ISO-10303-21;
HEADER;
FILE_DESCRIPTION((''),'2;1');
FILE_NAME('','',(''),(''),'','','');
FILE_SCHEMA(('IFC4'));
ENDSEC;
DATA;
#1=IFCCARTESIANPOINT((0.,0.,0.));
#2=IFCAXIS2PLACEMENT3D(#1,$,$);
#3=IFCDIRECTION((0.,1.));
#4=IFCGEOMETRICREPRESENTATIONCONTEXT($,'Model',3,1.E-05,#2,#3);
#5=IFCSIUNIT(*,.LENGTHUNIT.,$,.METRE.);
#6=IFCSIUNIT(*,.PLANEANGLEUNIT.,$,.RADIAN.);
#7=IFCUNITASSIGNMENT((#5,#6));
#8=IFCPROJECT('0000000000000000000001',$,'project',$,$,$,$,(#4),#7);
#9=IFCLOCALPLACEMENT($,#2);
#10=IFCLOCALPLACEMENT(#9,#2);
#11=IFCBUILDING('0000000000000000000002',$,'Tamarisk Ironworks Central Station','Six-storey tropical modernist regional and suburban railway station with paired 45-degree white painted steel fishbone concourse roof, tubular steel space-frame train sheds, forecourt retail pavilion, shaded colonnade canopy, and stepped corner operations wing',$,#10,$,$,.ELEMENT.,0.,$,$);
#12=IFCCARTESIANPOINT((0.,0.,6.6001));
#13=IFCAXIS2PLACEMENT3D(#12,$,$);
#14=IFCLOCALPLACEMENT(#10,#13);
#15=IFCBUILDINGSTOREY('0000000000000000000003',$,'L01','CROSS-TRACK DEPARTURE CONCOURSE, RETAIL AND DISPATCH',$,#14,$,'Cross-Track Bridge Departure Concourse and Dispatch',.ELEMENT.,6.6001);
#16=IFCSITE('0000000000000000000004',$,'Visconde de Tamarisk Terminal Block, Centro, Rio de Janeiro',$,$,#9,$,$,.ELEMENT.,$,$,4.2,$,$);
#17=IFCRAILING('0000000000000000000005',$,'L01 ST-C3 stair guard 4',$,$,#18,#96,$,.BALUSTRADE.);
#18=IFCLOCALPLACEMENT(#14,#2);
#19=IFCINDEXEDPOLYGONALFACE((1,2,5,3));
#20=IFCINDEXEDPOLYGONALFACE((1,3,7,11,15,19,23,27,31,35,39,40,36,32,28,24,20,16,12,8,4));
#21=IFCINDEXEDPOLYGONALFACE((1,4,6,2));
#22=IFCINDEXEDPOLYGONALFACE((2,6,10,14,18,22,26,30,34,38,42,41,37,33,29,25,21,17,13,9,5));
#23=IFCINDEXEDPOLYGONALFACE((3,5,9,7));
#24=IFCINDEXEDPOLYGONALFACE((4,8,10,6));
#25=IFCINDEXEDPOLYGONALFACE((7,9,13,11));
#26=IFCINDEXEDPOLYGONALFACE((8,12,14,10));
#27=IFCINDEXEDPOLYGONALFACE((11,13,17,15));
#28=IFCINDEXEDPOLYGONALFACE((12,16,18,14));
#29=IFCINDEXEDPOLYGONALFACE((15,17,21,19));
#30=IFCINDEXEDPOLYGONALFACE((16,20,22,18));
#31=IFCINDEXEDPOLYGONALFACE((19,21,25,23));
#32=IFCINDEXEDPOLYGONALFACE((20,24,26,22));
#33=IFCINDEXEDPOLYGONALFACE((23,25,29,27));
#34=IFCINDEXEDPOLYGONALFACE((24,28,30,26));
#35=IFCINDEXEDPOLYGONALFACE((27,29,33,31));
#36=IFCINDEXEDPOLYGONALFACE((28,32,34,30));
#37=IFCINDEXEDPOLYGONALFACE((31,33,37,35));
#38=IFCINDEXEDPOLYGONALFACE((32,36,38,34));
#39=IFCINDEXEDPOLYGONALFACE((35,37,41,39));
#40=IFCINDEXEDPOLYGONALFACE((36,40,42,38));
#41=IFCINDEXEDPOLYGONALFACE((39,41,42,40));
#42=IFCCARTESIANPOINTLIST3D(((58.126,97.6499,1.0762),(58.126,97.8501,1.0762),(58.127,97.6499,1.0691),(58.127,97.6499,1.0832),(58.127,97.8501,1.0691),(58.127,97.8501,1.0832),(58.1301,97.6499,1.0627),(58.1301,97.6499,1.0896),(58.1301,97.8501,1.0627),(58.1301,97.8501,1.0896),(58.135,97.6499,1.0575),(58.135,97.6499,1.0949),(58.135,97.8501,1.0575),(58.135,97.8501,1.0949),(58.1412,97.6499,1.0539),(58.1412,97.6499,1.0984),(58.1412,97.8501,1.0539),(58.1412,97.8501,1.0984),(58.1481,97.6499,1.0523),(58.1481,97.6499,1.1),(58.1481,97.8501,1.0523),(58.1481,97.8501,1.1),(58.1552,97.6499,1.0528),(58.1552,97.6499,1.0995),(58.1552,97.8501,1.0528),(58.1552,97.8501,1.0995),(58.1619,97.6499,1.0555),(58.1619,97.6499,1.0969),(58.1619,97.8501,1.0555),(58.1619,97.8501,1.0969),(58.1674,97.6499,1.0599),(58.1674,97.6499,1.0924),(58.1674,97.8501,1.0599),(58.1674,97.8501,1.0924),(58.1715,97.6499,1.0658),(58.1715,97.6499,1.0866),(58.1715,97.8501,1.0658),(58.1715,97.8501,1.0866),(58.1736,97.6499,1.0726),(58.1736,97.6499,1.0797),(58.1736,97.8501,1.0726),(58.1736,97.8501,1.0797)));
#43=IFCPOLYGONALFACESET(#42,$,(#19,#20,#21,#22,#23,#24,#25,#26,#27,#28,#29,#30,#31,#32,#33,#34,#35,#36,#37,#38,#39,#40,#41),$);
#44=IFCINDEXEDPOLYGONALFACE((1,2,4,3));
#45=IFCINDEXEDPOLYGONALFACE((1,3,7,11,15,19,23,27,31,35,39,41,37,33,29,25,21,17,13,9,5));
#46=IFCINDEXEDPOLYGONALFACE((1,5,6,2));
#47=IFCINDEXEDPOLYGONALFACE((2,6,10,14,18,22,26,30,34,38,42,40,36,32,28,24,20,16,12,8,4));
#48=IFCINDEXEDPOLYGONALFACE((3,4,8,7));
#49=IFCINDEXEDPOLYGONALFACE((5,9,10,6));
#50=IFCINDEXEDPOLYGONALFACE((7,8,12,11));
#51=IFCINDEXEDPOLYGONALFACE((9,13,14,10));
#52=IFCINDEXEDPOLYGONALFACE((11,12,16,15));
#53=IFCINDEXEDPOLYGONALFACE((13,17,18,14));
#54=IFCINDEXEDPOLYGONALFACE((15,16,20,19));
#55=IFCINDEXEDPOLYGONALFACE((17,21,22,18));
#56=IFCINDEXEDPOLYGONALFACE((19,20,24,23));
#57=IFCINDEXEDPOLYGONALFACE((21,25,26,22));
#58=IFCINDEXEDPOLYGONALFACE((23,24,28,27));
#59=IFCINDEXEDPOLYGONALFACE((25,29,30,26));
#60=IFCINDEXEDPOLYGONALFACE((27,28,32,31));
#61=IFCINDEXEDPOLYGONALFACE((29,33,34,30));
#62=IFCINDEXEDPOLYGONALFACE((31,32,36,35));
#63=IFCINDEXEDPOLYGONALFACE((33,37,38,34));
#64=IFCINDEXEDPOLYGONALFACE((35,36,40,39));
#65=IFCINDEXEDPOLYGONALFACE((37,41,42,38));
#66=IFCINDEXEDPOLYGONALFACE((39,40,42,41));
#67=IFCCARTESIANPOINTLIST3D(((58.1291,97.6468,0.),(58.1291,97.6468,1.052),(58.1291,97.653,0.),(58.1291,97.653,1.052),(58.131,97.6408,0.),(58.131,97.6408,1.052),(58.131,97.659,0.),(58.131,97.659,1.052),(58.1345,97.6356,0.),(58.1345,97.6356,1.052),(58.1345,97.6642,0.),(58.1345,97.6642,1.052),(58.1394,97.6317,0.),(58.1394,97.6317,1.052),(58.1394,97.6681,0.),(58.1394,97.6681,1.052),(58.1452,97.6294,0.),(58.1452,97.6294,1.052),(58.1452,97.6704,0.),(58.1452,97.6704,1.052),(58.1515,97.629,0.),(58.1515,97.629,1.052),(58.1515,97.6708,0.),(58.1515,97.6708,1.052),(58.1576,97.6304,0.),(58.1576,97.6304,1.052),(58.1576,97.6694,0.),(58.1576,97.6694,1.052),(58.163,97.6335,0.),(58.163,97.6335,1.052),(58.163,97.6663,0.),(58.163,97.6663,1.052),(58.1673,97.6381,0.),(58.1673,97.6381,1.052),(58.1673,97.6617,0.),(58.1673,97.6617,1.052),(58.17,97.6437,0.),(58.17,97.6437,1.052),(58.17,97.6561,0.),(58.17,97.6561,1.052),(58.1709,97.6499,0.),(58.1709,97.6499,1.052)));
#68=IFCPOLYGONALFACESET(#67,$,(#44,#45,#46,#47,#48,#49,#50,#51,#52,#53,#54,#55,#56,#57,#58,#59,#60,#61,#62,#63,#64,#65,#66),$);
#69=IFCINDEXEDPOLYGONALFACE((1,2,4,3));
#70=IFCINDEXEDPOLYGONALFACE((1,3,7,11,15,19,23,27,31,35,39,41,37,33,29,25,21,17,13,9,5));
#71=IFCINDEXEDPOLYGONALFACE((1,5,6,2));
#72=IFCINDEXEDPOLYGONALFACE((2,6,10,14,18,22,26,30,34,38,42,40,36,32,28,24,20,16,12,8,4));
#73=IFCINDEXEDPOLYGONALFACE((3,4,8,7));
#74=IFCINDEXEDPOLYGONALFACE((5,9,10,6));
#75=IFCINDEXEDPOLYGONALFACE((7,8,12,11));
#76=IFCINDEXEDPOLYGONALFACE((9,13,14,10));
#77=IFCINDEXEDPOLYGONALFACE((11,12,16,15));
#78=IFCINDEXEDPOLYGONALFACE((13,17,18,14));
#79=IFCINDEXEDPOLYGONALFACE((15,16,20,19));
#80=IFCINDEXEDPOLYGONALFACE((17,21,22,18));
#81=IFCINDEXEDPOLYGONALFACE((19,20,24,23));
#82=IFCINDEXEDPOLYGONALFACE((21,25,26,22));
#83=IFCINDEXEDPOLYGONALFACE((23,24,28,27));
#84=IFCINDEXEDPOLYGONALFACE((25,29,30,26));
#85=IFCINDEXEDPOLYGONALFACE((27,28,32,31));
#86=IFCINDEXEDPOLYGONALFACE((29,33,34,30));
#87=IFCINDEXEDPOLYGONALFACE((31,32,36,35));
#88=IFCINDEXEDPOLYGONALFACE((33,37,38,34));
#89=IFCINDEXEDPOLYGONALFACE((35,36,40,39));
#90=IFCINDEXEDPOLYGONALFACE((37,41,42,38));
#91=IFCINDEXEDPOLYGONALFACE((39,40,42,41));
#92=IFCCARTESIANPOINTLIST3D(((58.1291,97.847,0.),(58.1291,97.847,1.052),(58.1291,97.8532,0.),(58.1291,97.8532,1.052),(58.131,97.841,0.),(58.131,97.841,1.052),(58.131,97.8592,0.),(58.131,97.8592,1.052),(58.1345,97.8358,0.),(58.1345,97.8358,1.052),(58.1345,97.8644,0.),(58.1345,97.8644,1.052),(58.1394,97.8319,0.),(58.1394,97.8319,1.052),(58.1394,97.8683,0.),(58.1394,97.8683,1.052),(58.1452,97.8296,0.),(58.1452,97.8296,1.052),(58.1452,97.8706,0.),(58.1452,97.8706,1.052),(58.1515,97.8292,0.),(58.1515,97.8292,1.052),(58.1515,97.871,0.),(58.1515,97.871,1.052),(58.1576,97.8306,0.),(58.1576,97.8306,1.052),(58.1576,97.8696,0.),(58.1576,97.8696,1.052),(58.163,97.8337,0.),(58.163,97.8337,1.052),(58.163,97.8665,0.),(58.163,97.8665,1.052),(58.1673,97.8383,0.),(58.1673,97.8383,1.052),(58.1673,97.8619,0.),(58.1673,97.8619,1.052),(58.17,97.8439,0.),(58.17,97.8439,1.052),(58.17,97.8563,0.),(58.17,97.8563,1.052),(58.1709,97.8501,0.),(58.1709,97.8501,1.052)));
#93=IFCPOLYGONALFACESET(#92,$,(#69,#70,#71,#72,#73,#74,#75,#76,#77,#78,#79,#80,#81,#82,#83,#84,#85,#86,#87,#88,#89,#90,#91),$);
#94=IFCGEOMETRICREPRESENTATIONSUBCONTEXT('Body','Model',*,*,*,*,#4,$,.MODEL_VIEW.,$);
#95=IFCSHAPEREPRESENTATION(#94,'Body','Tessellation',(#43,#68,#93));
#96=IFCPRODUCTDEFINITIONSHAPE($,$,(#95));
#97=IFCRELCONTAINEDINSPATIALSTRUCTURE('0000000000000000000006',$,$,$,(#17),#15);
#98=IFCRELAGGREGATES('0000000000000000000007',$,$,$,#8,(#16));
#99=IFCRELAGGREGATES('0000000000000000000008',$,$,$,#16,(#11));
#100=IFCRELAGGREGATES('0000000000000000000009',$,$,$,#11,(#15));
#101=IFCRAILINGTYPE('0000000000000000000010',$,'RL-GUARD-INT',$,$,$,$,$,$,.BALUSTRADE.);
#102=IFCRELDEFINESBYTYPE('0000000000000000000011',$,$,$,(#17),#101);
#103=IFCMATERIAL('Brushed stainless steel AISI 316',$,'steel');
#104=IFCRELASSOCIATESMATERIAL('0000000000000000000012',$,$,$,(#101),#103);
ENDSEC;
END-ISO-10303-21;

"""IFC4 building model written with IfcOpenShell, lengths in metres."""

from ifc_helpers import new_model, si_unit, direction, frame, origin, origin_2d, place, context, subcontext, project, spatial, circle, extrude, material, type_object, element, save


model = new_model("IFC4")

# Units and contexts
model_context = context("Model", 3, precision=1e-05, world=origin(), true_north=direction((0.0, 1.0)))
body_context = subcontext(model_context, "Body", "Model", "MODEL_VIEW")
ifc_project = project(units=[si_unit("LENGTHUNIT", "METRE"), si_unit("PLANEANGLEUNIT", "RADIAN")], contexts=[model_context])

# Site, building, storey
site_placement = place(None, origin())
site = spatial("IfcSite", under=ifc_project, at=site_placement, Name="Visconde de Tamarisk Terminal Block, Centro, Rio de Janeiro", CompositionType="ELEMENT", RefElevation=4.2)
building_placement = place(site_placement, origin())
building = spatial("IfcBuilding", under=site, at=building_placement, Name="Tamarisk Ironworks Central Station", Description="Six-storey tropical modernist regional and suburban railway station with paired 45-degree white painted steel fishbone concourse roof, tubular steel space-frame train sheds, forecourt retail pavilion, shaded colonnade canopy, and stepped corner operations wing", CompositionType="ELEMENT", ElevationOfRefHeight=0.0)
storey_placement = place(building_placement, frame((0.0, 0.0, 6.6001)))
storey = spatial("IfcBuildingStorey", under=building, at=storey_placement, Name="L01", Description="CROSS-TRACK DEPARTURE CONCOURSE, RETAIL AND DISPATCH", LongName="Cross-Track Bridge Departure Concourse and Dispatch", CompositionType="ELEMENT", Elevation=6.6001)

# Railing
ifc_material_1 = material(Name="Brushed stainless steel AISI 316", Category="steel")
railing_type_1 = type_object("IfcRailingType", Name="RL-GUARD-INT", PredefinedType="BALUSTRADE", material=ifc_material_1)
railing_1_placement = place(storey_placement, frame((58.1499, 97.6499, 0.0)))
element("IfcRailing", 1, at=railing_1_placement, inside=storey, type_object=railing_type_1, Name="L01 ST-C3 stair guard 4", PredefinedType="BALUSTRADE", context=body_context, shape_type="SweptSolid", body=[
    extrude(circle(Radius=0.0239, at=origin_2d()), frame((0.0, 0.0, 1.0762), z_axis=(0.0, 1.0, 0.0), x_axis=(-1.0, 0.0, 0.0)), (0.0, 0.0, 1.0), 0.2002),
    extrude(circle(Radius=0.021, at=origin_2d()), origin(), (0.0, 0.0, 1.0), 1.052),
    extrude(circle(Radius=0.021, at=origin_2d()), frame((0.0, 0.2002, 0.0)), (0.0, 0.0, 1.0), 1.052),
])

save(model, "model.ifc")
